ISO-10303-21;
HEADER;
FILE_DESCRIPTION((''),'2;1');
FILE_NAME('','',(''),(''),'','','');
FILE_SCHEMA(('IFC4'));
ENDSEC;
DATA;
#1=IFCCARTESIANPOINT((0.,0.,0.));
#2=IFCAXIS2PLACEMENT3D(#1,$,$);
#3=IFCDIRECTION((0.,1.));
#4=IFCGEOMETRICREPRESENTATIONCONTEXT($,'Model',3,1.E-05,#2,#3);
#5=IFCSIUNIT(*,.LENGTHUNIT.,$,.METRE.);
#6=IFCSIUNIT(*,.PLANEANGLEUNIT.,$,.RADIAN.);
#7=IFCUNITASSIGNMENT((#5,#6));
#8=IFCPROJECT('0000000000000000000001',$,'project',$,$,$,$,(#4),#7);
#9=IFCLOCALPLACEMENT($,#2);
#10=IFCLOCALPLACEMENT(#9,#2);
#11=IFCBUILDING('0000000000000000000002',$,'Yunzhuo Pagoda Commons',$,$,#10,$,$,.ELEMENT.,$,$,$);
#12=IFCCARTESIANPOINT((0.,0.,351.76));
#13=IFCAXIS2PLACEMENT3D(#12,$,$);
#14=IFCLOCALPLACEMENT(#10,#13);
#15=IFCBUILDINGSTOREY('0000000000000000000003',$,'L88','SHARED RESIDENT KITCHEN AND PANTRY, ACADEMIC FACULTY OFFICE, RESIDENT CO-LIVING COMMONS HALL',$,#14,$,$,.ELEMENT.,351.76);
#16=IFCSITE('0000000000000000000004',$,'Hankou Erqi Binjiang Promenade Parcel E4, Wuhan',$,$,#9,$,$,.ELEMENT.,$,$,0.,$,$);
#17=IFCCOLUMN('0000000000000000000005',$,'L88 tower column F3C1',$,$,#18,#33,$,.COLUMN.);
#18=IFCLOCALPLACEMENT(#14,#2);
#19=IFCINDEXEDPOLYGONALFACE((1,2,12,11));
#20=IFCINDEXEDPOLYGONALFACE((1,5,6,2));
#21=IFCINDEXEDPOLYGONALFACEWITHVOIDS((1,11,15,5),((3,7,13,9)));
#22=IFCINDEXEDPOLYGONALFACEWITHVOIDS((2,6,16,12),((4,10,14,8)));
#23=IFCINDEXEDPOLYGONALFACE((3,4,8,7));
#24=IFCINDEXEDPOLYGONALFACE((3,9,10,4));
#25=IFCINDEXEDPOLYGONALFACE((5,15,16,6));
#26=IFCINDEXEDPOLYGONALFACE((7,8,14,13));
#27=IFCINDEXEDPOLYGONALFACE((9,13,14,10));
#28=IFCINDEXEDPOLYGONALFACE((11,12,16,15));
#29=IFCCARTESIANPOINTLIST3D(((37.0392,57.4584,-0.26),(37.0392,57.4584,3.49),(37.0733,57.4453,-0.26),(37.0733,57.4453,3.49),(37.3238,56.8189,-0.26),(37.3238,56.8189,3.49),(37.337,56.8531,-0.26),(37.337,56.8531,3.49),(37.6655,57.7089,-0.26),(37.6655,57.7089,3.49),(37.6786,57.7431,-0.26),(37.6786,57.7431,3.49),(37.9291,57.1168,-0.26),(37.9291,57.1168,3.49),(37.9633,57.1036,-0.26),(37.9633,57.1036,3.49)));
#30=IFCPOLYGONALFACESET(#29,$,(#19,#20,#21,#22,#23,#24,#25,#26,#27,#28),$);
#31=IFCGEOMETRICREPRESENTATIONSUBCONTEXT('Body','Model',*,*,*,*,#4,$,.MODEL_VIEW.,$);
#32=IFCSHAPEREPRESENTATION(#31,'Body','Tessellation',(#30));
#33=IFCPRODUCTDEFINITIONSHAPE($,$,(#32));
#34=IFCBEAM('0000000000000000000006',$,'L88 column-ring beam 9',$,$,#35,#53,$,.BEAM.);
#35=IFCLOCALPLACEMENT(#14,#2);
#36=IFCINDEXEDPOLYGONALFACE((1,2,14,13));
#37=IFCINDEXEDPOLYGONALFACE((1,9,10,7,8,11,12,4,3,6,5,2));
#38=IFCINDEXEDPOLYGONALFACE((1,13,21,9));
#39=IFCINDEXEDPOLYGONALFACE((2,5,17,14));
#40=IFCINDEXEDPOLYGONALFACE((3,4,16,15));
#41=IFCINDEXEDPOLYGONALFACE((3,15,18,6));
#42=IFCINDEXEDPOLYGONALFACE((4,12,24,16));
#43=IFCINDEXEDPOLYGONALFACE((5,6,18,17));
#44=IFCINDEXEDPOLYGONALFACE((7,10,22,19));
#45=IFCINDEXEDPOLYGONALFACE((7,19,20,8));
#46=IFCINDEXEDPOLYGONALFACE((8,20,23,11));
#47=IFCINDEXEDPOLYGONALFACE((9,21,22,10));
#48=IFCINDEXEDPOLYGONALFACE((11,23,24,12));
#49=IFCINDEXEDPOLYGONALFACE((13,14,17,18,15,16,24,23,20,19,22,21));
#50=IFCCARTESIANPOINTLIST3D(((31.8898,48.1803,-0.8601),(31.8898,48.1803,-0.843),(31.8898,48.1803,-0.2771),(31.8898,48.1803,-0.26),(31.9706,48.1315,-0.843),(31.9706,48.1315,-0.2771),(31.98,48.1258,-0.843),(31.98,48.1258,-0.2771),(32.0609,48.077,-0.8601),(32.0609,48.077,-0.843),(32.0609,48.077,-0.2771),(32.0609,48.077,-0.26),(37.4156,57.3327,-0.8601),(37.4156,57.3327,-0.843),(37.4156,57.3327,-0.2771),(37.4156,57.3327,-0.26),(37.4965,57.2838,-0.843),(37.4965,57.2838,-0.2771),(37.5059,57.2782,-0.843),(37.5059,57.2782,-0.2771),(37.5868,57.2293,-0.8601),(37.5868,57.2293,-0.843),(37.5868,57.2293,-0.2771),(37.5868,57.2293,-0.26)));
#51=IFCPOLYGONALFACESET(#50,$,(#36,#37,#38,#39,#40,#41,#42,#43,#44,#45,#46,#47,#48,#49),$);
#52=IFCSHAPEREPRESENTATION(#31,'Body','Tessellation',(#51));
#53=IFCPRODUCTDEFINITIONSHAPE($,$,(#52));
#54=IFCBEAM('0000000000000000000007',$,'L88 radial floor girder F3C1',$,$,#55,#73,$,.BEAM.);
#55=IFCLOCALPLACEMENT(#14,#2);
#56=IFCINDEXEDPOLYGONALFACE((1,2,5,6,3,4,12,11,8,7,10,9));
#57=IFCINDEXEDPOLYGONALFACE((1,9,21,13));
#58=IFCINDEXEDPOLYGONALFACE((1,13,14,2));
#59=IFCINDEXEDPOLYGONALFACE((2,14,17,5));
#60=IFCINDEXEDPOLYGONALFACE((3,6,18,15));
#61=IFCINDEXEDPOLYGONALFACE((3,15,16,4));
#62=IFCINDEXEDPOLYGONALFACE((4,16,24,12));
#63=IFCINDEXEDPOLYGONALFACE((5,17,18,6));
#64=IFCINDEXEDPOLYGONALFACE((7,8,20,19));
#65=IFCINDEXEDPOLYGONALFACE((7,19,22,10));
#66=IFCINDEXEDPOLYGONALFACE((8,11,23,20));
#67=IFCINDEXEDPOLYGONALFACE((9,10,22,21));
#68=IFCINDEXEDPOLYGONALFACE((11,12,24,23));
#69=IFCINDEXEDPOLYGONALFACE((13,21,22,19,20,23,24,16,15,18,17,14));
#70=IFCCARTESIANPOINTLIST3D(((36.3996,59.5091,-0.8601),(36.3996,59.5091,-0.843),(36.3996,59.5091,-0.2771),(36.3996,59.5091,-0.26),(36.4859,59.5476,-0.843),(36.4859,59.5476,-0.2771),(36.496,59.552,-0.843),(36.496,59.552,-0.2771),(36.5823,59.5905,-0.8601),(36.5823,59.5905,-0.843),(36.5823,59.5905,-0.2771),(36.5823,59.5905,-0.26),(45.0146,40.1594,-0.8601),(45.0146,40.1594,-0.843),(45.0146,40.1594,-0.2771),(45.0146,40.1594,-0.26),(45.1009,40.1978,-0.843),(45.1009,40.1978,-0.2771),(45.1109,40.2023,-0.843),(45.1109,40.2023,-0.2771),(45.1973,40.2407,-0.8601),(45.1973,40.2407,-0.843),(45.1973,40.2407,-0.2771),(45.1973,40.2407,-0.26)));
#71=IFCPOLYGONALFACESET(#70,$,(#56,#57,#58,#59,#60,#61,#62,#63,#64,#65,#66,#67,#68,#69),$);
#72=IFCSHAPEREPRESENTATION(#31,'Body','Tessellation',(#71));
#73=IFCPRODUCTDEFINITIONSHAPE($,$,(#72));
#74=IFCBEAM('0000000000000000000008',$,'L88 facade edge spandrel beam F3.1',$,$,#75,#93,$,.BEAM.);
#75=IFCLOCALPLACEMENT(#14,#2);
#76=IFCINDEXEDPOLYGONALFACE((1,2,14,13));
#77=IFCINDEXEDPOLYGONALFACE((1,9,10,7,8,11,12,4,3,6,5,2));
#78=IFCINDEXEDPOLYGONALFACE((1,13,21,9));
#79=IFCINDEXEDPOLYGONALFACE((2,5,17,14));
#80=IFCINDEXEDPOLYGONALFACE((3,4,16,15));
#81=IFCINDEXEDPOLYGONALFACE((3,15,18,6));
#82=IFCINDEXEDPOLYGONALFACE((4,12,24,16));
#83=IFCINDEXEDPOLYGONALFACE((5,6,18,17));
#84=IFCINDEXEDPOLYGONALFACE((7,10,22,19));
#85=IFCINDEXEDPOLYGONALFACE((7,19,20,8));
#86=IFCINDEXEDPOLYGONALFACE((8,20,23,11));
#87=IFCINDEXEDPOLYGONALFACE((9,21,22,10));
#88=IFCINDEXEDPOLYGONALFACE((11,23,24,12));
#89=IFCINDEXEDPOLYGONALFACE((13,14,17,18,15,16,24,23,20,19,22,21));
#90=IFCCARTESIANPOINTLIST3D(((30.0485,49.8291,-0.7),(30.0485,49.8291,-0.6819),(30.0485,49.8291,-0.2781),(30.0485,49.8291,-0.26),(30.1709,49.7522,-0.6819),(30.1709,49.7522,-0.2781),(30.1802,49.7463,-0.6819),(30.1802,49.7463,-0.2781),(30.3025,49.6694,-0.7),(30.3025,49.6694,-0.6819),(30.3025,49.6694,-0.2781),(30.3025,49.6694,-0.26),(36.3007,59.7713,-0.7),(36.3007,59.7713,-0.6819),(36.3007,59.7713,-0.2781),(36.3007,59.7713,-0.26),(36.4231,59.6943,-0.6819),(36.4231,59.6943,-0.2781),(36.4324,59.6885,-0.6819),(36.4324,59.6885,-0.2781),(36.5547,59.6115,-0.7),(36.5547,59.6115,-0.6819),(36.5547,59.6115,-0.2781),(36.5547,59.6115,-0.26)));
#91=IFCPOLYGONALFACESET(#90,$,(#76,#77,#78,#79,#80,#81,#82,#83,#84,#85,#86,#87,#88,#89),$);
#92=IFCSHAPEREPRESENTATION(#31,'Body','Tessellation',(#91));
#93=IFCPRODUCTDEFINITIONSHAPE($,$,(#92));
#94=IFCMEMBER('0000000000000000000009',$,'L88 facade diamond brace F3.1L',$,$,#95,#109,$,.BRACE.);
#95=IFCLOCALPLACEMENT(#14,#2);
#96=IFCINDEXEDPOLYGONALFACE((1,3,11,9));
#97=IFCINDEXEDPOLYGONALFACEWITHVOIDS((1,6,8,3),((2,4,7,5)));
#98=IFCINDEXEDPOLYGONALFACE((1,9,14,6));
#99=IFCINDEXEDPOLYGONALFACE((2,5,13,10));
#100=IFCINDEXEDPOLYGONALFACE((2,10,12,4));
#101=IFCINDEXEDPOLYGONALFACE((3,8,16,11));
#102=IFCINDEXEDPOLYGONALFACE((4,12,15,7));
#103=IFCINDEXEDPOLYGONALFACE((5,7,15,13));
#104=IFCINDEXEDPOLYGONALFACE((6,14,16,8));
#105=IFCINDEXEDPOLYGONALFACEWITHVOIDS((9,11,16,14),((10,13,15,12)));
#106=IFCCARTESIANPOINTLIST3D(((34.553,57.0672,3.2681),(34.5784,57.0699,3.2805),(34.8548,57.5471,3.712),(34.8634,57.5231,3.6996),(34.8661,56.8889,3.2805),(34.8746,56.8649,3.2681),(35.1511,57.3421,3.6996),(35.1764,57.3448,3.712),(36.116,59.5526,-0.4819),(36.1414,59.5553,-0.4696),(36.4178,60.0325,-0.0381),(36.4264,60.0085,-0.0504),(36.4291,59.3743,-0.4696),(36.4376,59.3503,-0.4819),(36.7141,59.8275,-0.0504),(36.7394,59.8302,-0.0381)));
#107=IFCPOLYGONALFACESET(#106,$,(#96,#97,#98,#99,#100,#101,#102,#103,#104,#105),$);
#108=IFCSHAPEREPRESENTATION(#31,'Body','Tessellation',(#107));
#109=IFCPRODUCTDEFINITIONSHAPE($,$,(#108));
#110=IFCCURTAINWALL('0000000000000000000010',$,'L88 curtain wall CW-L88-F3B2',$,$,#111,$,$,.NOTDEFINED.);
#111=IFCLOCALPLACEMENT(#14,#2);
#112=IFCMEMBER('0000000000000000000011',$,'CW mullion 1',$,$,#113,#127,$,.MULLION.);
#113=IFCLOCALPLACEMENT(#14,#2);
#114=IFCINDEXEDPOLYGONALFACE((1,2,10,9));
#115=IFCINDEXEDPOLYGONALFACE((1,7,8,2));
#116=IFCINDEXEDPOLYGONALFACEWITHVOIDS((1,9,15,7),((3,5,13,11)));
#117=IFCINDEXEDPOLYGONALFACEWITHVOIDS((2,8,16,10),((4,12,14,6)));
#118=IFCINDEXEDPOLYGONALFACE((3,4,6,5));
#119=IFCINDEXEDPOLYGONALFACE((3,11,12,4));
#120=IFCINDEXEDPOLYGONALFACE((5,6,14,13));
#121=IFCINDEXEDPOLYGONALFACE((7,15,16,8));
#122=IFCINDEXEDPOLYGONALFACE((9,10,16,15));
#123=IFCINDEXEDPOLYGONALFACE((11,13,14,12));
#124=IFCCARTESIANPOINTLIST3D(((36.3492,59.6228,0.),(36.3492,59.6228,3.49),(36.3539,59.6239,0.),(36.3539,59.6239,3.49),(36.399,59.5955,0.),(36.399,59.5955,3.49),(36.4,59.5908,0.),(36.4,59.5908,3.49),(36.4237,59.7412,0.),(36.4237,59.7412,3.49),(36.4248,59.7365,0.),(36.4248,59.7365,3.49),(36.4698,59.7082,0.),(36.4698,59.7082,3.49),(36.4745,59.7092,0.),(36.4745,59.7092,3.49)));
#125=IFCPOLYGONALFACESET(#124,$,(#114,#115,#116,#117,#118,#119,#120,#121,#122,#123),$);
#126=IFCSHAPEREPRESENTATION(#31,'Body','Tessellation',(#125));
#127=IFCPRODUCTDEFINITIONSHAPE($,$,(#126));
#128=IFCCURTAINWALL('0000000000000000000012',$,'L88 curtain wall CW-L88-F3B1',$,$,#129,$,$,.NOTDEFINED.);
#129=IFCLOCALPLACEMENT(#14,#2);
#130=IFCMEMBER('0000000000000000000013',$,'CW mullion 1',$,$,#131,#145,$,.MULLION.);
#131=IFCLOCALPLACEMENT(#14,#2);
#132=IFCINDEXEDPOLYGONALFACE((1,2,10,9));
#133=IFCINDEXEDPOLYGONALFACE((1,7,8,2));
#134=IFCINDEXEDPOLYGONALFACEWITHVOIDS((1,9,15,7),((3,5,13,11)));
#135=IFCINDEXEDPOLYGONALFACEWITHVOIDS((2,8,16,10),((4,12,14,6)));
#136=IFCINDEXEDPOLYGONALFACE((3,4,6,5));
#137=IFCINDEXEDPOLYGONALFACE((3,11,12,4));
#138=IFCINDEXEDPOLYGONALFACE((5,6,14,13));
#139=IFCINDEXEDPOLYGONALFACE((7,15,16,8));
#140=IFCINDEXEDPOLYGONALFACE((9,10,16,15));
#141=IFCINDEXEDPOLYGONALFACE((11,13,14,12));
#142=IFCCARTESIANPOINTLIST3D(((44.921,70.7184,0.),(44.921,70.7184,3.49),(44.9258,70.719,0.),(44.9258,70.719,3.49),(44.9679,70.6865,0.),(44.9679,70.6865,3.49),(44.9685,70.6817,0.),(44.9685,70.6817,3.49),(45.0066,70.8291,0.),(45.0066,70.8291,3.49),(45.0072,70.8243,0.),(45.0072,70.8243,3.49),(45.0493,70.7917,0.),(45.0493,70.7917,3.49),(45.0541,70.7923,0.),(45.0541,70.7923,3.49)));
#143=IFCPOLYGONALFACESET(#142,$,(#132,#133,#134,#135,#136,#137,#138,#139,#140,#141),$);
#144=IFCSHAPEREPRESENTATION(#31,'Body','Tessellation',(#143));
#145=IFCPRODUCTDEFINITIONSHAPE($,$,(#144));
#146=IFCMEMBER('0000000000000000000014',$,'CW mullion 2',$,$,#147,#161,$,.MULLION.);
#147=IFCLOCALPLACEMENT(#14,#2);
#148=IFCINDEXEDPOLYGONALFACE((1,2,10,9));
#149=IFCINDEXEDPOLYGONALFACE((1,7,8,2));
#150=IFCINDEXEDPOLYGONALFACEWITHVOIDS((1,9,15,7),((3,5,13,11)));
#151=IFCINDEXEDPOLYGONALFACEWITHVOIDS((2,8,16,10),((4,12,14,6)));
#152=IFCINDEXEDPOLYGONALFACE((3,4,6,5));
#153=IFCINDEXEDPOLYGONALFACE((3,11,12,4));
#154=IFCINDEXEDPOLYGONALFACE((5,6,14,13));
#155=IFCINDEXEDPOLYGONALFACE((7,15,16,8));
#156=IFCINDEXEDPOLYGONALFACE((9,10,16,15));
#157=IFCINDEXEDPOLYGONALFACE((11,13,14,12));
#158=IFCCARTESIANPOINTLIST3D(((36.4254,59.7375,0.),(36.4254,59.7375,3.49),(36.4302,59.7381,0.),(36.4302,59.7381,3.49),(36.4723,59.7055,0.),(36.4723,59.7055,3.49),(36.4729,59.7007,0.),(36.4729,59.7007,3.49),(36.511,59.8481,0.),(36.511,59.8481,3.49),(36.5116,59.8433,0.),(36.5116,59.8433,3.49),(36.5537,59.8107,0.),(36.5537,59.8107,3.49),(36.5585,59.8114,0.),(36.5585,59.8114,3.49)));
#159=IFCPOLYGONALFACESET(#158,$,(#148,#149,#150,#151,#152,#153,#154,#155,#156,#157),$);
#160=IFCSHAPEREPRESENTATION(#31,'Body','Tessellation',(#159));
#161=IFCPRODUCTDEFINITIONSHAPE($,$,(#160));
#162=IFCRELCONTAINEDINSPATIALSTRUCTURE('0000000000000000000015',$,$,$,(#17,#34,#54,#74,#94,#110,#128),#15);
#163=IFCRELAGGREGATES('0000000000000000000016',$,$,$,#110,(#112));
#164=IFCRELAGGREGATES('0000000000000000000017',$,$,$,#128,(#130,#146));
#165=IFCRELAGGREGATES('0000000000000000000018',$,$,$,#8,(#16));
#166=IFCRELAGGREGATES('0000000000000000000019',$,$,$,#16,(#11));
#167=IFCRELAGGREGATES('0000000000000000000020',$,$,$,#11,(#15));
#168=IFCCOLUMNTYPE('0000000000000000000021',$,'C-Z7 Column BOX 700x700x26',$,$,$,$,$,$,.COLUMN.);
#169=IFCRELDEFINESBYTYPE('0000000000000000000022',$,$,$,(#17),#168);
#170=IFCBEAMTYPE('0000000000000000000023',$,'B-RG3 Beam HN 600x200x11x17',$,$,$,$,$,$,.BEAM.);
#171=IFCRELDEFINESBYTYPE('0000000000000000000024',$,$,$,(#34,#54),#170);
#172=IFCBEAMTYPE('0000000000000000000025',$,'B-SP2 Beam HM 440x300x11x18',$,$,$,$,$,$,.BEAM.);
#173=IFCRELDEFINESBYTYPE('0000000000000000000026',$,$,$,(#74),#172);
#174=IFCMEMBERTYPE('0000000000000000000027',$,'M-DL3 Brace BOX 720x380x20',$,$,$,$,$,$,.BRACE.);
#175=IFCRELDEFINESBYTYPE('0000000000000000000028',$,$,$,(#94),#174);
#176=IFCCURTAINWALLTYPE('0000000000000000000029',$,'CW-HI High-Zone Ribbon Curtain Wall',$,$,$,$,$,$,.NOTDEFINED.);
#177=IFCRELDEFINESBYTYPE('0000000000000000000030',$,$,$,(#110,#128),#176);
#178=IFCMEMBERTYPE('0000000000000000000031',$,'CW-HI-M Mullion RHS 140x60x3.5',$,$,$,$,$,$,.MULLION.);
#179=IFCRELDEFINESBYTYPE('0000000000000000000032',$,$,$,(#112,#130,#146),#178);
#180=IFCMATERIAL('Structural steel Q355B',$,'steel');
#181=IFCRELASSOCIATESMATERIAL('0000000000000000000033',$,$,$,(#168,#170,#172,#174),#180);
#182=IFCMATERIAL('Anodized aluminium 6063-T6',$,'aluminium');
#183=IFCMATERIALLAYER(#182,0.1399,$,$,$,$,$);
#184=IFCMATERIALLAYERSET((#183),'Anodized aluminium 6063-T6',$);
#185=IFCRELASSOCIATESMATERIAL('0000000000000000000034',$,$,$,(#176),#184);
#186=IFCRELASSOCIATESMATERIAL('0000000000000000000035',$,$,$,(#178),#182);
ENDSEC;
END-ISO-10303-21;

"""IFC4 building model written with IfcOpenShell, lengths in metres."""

from ifc_helpers import new_model, si_unit, direction, frame, origin, origin_2d, place, context, subcontext, project, spatial, hollow_rectangle, i_section, extrude, source, transform, mapped, material, layer, layer_set, material_profile, profile_set, type_object, element, aggregate, save


model = new_model("IFC4")

# Units and contexts
model_context = context("Model", 3, precision=1e-05, world=origin(), true_north=direction((0.0, 1.0)))
body_context = subcontext(model_context, "Body", "Model", "MODEL_VIEW")
ifc_project = project(units=[si_unit("LENGTHUNIT", "METRE"), si_unit("PLANEANGLEUNIT", "RADIAN")], contexts=[model_context])

# Site, building, storey
site_placement = place(None, origin())
site = spatial("IfcSite", under=ifc_project, at=site_placement, Name="Hankou Erqi Binjiang Promenade Parcel E4, Wuhan", CompositionType="ELEMENT", RefElevation=0.0)
building_placement = place(site_placement, origin())
building = spatial("IfcBuilding", under=site, at=building_placement, Name="Yunzhuo Pagoda Commons", CompositionType="ELEMENT")
storey_placement = place(building_placement, frame((0.0, 0.0, 351.76)))
storey = spatial("IfcBuildingStorey", under=building, at=storey_placement, Name="L88", Description="SHARED RESIDENT KITCHEN AND PANTRY, ACADEMIC FACULTY OFFICE, RESIDENT CO-LIVING COMMONS HALL", CompositionType="ELEMENT", Elevation=351.76)

# Column
ifc_material_1 = material(Name="Structural steel Q355B", Category="steel")
ifc_material_profile_1 = material_profile(ifc_material_1, hollow_rectangle(XDim=0.7, YDim=0.7, WallThickness=0.0259, at=origin_2d()), Name="Structural steel Q355B")
ifc_profile_set_1 = profile_set([ifc_material_profile_1], Name="Structural steel Q355B")
column_type = type_object("IfcColumnType", Name="C-Z7 Column BOX 700x700x26", PredefinedType="COLUMN", material=ifc_profile_set_1)
shared_shape_1 = source(origin(), body_context, "Body", "SweptSolid", [
    extrude(hollow_rectangle(XDim=0.7, YDim=0.7, WallThickness=0.0259, at=origin_2d()), origin(), (0.0, 0.0, 1.0), 3.75),
])
column_placement = place(storey_placement, frame((37.5012, 57.281, -0.26), z_axis=(0.0, 0.0, 1.0), x_axis=(-0.913545, -0.406737, 0.0)))
element("IfcColumn", 1, at=column_placement, inside=storey, type_object=column_type, Name="L88 tower column F3C1", PredefinedType="COLUMN", context=body_context, shape_type="MappedRepresentation", body=[
    mapped(shared_shape_1, transform((0.0, 0.0, 0.0), scale=1.0)),
])

# Beams
ifc_material_profile_2 = material_profile(ifc_material_1, i_section(OverallWidth=0.2, OverallDepth=0.6001, WebThickness=0.011, FlangeThickness=0.0171, at=origin_2d()), Name="Structural steel Q355B")
ifc_profile_set_2 = profile_set([ifc_material_profile_2], Name="Structural steel Q355B")
beam_type_1 = type_object("IfcBeamType", Name="B-RG3 Beam HN 600x200x11x17", PredefinedType="BEAM", material=ifc_profile_set_2)
shared_shape_2 = source(origin(), body_context, "Body", "SweptSolid", [
    extrude(i_section(OverallWidth=0.2, OverallDepth=0.6001, WebThickness=0.011, FlangeThickness=0.0171, at=origin_2d()), origin(), (0.0, 0.0, 1.0), 10.6912),
])
beam_1_placement = place(storey_placement, frame((37.5012, 57.281, -0.5601), z_axis=(-0.516865, -0.856067, 0.0), x_axis=(0.856067, -0.516865, 0.0)))
element("IfcBeam", 2, at=beam_1_placement, inside=storey, type_object=beam_type_1, Name="L88 column-ring beam 9", PredefinedType="BEAM", context=body_context, shape_type="MappedRepresentation", body=[
    mapped(shared_shape_2, transform((0.0, 0.0, 0.0), scale=1.0)),
])
shared_shape_3 = source(origin(), body_context, "Body", "SweptSolid", [
    extrude(i_section(OverallWidth=0.2, OverallDepth=0.6001, WebThickness=0.011, FlangeThickness=0.0171, at=origin_2d()), origin(), (0.0, 0.0, 1.0), 21.1809),
])
beam_2_placement = place(storey_placement, frame((36.491, 59.5498, -0.5601), z_axis=(0.406732, -0.913548, 0.0), x_axis=(0.913548, 0.406732, 0.0)))
element("IfcBeam", 3, at=beam_2_placement, inside=storey, type_object=beam_type_1, Name="L88 radial floor girder F3C1", PredefinedType="BEAM", context=body_context, shape_type="MappedRepresentation", body=[
    mapped(shared_shape_3, transform((0.0, 0.0, 0.0), scale=1.0)),
])
ifc_material_profile_3 = material_profile(ifc_material_1, i_section(OverallWidth=0.3, OverallDepth=0.4399, WebThickness=0.011, FlangeThickness=0.0181, at=origin_2d()), Name="Structural steel Q355B")
ifc_profile_set_3 = profile_set([ifc_material_profile_3], Name="Structural steel Q355B")
beam_type_2 = type_object("IfcBeamType", Name="B-SP2 Beam HM 440x300x11x18", PredefinedType="BEAM", material=ifc_profile_set_3)
shared_shape_4 = source(origin(), body_context, "Body", "SweptSolid", [
    extrude(i_section(OverallWidth=0.3, OverallDepth=0.4399, WebThickness=0.011, FlangeThickness=0.0181, at=origin_2d()), origin(), (0.0, 0.0, 1.0), 11.7446),
])
beam_3_placement = place(storey_placement, frame((36.4277, 59.6914, -0.48), z_axis=(-0.532346, -0.846527, 0.0), x_axis=(0.846527, -0.532346, 0.0)))
element("IfcBeam", 4, at=beam_3_placement, inside=storey, type_object=beam_type_2, Name="L88 facade edge spandrel beam F3.1", PredefinedType="BEAM", context=body_context, shape_type="MappedRepresentation", body=[
    mapped(shared_shape_4, transform((0.0, 0.0, 0.0), scale=1.0)),
])

# Member
ifc_material_profile_4 = material_profile(ifc_material_1, hollow_rectangle(XDim=0.3799, YDim=0.72, WallThickness=0.02, at=origin_2d()), Name="Structural steel Q355B")
ifc_profile_set_4 = profile_set([ifc_material_profile_4], Name="Structural steel Q355B")
member_type_1 = type_object("IfcMemberType", Name="M-DL3 Brace BOX 720x380x20", PredefinedType="BRACE", material=ifc_profile_set_4)
shared_shape_5 = source(origin(), body_context, "Body", "SweptSolid", [
    extrude(hollow_rectangle(XDim=0.3799, YDim=0.72, WallThickness=0.02, at=origin_2d()), origin(), (0.0, 0.0, 1.0), 4.7627),
])
member_1_placement = place(storey_placement, frame((36.4277, 59.6914, -0.26), z_axis=(-0.328179, -0.521847, 0.787384), x_axis=(0.846519, -0.532359, 0.0)))
element("IfcMember", 5, at=member_1_placement, inside=storey, type_object=member_type_1, Name="L88 facade diamond brace F3.1L", PredefinedType="BRACE", context=body_context, shape_type="MappedRepresentation", body=[
    mapped(shared_shape_5, transform((0.0, 0.0, 0.0), scale=1.0)),
])

# Curtain wall, member
ifc_material_2 = material(Name="Anodized aluminium 6063-T6", Category="aluminium")
ifc_layer_1 = layer(ifc_material_2, 0.1399)
ifc_layer_set_1 = layer_set([ifc_layer_1], Name="Anodized aluminium 6063-T6")
curtain_wall_type = type_object("IfcCurtainWallType", Name="CW-HI High-Zone Ribbon Curtain Wall", PredefinedType="NOTDEFINED", material=ifc_layer_set_1)
curtain_wall_1_placement = place(storey_placement, origin())
curtain_wall_1 = element("IfcCurtainWall", 6, at=curtain_wall_1_placement, inside=storey, type_object=curtain_wall_type, Name="L88 curtain wall CW-L88-F3B2", PredefinedType="NOTDEFINED")
ifc_material_profile_5 = material_profile(ifc_material_2, hollow_rectangle(XDim=0.0601, YDim=0.1399, WallThickness=0.0034, at=origin_2d()), Name="Anodized aluminium 6063-T6")
ifc_profile_set_5 = profile_set([ifc_material_profile_5], Name="Anodized aluminium 6063-T6")
member_type_2 = type_object("IfcMemberType", Name="CW-HI-M Mullion RHS 140x60x3.5", PredefinedType="MULLION", material=ifc_profile_set_5)
shared_shape_6 = source(origin(), body_context, "Body", "SweptSolid", [
    extrude(hollow_rectangle(XDim=0.0601, YDim=0.1399, WallThickness=0.0034, at=origin_2d()), origin(), (0.0, 0.0, 1.0), 3.49),
])
member_2_placement = place(storey_placement, frame((36.4119, 59.666, 0.0), z_axis=(0.0, 0.0, 1.0), x_axis=(0.846525, -0.53235, 0.0)))
member_2 = element("IfcMember", 7, at=member_2_placement, type_object=member_type_2, Name="CW mullion 1", PredefinedType="MULLION", context=body_context, shape_type="MappedRepresentation", body=[
    mapped(shared_shape_6, transform((0.0, 0.0, 0.0), scale=1.0)),
])

# Curtain wall, members
curtain_wall_2_placement = place(storey_placement, origin())
curtain_wall_2 = element("IfcCurtainWall", 8, at=curtain_wall_2_placement, inside=storey, type_object=curtain_wall_type, Name="L88 curtain wall CW-L88-F3B1", PredefinedType="NOTDEFINED")
member_3_placement = place(storey_placement, frame((44.9875, 70.7554, 0.0), z_axis=(0.0, 0.0, 1.0), x_axis=(0.790927, -0.61191, 0.0)))
member_3 = element("IfcMember", 9, at=member_3_placement, type_object=member_type_2, Name="CW mullion 1", PredefinedType="MULLION", context=body_context, shape_type="MappedRepresentation", body=[
    mapped(shared_shape_6, transform((0.0, 0.0, 0.0), scale=1.0)),
])
member_4_placement = place(storey_placement, frame((36.4919, 59.7744, 0.0), z_axis=(0.0, 0.0, 1.0), x_axis=(0.790927, -0.61191, 0.0)))
member_4 = element("IfcMember", 10, at=member_4_placement, type_object=member_type_2, Name="CW mullion 2", PredefinedType="MULLION", context=body_context, shape_type="MappedRepresentation", body=[
    mapped(shared_shape_6, transform((0.0, 0.0, 0.0), scale=1.0)),
])

aggregate(curtain_wall_1, [member_2])

aggregate(curtain_wall_2, [member_3, member_4])

save(model, "model.ifc")
